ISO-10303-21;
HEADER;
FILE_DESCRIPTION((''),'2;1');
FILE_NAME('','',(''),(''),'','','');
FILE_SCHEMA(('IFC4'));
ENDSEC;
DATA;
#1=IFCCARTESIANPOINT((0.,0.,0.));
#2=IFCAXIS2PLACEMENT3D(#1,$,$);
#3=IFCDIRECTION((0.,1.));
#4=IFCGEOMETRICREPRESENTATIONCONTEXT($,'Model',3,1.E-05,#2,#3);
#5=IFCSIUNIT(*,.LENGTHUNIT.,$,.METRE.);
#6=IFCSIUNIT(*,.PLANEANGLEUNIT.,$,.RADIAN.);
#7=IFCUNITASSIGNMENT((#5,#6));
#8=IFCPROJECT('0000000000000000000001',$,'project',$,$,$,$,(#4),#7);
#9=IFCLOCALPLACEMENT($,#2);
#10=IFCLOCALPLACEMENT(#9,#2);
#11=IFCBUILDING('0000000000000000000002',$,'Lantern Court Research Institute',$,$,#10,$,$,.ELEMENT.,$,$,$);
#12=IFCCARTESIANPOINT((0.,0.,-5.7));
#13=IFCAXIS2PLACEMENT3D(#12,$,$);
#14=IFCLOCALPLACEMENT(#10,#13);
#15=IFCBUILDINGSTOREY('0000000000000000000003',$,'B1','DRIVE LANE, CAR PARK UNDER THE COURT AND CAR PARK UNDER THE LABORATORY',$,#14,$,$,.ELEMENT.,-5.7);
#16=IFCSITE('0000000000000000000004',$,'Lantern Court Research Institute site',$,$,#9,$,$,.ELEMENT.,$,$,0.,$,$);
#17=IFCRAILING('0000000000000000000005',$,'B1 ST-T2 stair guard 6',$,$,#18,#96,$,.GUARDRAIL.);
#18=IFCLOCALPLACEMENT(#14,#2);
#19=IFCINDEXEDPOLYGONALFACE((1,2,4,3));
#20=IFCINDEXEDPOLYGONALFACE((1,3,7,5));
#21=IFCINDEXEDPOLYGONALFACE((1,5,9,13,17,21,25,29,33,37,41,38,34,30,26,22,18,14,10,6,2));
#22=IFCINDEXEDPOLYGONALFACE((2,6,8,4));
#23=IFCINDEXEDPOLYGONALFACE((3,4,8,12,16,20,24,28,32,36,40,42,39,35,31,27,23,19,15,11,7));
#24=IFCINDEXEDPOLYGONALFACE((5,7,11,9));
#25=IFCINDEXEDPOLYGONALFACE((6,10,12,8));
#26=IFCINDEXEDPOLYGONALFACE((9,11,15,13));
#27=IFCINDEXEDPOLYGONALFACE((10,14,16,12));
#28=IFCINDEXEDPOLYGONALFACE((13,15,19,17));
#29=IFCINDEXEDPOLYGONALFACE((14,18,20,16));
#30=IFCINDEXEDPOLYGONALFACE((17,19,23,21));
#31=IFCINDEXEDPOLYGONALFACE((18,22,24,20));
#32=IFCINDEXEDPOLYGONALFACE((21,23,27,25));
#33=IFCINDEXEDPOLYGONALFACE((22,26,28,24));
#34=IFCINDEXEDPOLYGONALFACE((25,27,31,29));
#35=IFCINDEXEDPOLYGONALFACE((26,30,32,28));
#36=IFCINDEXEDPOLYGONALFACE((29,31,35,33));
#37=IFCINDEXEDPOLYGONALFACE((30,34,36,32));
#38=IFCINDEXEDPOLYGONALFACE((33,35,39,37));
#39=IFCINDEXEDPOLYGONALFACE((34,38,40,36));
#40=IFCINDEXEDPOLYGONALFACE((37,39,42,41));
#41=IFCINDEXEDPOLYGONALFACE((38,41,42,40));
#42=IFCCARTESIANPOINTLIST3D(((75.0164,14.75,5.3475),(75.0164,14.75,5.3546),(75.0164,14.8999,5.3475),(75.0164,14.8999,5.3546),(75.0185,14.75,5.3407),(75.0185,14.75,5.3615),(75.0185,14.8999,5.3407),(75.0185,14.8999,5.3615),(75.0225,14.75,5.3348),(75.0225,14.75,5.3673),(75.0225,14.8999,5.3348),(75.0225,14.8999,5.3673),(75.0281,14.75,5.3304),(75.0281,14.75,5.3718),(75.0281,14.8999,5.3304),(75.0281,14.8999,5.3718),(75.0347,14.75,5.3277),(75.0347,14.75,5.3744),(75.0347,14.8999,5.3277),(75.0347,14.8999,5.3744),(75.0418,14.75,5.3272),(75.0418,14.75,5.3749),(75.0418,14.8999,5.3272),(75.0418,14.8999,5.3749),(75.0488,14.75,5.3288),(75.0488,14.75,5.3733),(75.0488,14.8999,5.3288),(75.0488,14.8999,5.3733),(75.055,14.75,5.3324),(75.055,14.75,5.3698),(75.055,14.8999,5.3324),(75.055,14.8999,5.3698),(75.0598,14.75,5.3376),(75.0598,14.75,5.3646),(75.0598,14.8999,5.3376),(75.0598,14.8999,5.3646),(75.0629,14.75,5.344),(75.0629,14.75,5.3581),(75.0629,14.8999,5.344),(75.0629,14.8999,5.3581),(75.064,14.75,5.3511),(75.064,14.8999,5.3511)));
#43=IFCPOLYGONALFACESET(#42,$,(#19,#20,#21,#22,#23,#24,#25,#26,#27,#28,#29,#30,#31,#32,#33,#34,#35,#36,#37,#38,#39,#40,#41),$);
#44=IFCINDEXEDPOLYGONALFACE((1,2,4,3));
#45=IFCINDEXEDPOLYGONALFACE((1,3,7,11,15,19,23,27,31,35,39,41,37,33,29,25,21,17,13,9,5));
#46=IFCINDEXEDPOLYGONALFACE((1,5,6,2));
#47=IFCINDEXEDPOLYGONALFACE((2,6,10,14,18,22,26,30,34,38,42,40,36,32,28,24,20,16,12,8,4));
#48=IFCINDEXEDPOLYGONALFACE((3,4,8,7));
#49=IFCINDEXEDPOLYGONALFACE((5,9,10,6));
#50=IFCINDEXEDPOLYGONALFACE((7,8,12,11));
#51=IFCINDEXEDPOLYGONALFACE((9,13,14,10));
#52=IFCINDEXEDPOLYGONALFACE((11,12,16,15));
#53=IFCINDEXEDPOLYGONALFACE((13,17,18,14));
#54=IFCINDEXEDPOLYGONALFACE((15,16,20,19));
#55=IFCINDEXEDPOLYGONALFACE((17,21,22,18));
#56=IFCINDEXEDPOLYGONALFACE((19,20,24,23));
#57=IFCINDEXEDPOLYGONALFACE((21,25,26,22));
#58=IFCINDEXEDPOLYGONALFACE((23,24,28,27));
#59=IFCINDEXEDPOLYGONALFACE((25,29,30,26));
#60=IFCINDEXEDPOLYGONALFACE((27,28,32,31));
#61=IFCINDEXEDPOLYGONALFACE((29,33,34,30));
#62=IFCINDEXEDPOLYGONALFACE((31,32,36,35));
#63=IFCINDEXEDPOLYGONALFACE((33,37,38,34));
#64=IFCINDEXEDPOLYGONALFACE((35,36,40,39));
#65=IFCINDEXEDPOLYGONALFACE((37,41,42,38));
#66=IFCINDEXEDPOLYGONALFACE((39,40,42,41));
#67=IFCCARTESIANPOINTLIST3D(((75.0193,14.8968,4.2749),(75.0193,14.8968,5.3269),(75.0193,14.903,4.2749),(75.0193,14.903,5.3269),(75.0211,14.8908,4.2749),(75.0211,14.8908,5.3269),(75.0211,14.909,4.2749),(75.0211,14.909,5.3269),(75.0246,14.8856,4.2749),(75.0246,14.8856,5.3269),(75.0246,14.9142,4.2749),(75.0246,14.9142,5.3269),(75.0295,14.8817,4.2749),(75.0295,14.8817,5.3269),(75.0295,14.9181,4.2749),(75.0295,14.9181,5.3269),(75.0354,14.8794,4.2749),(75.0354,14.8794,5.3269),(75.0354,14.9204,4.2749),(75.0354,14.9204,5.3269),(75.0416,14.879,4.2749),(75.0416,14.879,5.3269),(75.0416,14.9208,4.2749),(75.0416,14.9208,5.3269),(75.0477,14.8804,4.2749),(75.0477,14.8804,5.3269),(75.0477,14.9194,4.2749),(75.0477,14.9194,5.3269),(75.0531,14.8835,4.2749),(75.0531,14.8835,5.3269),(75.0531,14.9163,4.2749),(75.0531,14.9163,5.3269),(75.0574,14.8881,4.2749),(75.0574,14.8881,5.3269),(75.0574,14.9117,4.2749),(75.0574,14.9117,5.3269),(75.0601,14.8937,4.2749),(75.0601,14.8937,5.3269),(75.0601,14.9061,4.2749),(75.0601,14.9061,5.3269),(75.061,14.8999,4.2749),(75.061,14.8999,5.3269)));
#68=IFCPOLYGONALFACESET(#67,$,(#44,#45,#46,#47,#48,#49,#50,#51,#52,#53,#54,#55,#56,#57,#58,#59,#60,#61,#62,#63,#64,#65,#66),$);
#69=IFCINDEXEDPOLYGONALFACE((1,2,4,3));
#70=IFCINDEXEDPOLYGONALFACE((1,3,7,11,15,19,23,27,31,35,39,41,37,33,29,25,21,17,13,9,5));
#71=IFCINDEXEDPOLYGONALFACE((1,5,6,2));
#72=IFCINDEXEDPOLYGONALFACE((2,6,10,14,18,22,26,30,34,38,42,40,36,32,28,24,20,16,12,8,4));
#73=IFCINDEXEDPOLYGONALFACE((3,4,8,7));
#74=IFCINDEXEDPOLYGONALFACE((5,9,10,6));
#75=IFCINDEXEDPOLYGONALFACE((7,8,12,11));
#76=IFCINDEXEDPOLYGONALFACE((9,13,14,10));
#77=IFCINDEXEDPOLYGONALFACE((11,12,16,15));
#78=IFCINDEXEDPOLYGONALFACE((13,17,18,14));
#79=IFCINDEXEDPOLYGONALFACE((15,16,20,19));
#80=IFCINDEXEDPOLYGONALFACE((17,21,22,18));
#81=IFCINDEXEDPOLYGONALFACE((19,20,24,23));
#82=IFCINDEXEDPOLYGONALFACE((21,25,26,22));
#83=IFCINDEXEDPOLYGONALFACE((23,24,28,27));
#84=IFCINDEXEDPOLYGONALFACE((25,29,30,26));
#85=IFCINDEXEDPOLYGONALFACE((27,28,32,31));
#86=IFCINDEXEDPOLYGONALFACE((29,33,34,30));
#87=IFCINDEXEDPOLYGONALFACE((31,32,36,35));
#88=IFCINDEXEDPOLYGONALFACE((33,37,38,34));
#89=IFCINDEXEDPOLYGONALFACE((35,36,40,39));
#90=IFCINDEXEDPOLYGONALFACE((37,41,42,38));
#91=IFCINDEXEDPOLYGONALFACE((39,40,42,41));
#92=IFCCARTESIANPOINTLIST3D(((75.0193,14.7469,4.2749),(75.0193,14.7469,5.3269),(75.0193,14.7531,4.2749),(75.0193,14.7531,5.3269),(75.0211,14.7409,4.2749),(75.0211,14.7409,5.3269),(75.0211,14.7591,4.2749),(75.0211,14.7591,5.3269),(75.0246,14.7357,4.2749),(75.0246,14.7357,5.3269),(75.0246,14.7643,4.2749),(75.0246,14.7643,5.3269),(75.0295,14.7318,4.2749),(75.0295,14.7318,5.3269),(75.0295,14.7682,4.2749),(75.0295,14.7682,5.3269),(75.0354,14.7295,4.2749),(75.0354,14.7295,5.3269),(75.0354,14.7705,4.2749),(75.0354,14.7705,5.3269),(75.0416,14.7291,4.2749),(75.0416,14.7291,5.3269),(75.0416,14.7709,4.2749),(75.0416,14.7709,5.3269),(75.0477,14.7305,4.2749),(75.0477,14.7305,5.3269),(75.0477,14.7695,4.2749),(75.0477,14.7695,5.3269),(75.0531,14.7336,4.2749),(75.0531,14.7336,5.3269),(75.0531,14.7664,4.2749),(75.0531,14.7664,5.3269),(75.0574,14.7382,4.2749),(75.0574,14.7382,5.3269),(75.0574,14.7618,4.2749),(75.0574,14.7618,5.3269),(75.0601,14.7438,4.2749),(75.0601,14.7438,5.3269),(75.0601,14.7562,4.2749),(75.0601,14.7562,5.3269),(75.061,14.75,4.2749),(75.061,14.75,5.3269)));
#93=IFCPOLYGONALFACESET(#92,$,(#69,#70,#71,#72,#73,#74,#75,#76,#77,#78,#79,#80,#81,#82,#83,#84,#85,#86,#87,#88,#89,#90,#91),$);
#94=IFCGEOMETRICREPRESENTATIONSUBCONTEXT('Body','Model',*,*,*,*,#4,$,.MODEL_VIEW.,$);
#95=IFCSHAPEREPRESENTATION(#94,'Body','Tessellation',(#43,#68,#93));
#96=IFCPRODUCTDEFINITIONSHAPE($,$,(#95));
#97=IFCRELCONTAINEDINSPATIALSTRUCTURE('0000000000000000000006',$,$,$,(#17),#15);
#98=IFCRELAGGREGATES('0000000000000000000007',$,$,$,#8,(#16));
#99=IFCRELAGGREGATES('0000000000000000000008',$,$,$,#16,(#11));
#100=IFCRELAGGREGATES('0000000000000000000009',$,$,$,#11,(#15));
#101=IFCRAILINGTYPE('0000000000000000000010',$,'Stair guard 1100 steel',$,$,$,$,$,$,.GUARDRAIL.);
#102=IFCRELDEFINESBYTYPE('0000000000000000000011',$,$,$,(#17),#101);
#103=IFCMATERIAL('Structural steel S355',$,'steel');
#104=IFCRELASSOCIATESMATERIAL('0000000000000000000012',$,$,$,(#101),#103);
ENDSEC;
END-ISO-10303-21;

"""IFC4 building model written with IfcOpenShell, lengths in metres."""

from ifc_helpers import new_model, si_unit, direction, frame, origin, origin_2d, place, context, subcontext, project, spatial, circle, extrude, material, type_object, element, save


model = new_model("IFC4")

# Units and contexts
model_context = context("Model", 3, precision=1e-05, world=origin(), true_north=direction((0.0, 1.0)))
body_context = subcontext(model_context, "Body", "Model", "MODEL_VIEW")
ifc_project = project(units=[si_unit("LENGTHUNIT", "METRE"), si_unit("PLANEANGLEUNIT", "RADIAN")], contexts=[model_context])

# Site, building, storey
site_placement = place(None, origin())
site = spatial("IfcSite", under=ifc_project, at=site_placement, Name="Lantern Court Research Institute site", CompositionType="ELEMENT", RefElevation=0.0)
building_placement = place(site_placement, origin())
building = spatial("IfcBuilding", under=site, at=building_placement, Name="Lantern Court Research Institute", CompositionType="ELEMENT")
storey_placement = place(building_placement, frame((0.0, 0.0, -5.7)))
storey = spatial("IfcBuildingStorey", under=building, at=storey_placement, Name="B1", Description="DRIVE LANE, CAR PARK UNDER THE COURT AND CAR PARK UNDER THE LABORATORY", CompositionType="ELEMENT", Elevation=-5.7)

# Railing
ifc_material_1 = material(Name="Structural steel S355", Category="steel")
railing_type_1 = type_object("IfcRailingType", Name="Stair guard 1100 steel", PredefinedType="GUARDRAIL", material=ifc_material_1)
railing_1_placement = place(storey_placement, frame((75.04, 14.8999, 4.2749)))
element("IfcRailing", 1, at=railing_1_placement, inside=storey, type_object=railing_type_1, Name="B1 ST-T2 stair guard 6", PredefinedType="GUARDRAIL", context=body_context, shape_type="SweptSolid", body=[
    extrude(circle(Radius=0.0239, at=origin_2d()), frame((0.0, 0.0, 1.0762), z_axis=(0.0, -1.0, 0.0), x_axis=(1.0, 0.0, 0.0)), (0.0, 0.0, 1.0), 0.1499),
    extrude(circle(Radius=0.021, at=origin_2d()), origin(), (0.0, 0.0, 1.0), 1.052),
    extrude(circle(Radius=0.021, at=origin_2d()), frame((0.0, -0.1499, 0.0)), (0.0, 0.0, 1.0), 1.052),
])

save(model, "model.ifc")
